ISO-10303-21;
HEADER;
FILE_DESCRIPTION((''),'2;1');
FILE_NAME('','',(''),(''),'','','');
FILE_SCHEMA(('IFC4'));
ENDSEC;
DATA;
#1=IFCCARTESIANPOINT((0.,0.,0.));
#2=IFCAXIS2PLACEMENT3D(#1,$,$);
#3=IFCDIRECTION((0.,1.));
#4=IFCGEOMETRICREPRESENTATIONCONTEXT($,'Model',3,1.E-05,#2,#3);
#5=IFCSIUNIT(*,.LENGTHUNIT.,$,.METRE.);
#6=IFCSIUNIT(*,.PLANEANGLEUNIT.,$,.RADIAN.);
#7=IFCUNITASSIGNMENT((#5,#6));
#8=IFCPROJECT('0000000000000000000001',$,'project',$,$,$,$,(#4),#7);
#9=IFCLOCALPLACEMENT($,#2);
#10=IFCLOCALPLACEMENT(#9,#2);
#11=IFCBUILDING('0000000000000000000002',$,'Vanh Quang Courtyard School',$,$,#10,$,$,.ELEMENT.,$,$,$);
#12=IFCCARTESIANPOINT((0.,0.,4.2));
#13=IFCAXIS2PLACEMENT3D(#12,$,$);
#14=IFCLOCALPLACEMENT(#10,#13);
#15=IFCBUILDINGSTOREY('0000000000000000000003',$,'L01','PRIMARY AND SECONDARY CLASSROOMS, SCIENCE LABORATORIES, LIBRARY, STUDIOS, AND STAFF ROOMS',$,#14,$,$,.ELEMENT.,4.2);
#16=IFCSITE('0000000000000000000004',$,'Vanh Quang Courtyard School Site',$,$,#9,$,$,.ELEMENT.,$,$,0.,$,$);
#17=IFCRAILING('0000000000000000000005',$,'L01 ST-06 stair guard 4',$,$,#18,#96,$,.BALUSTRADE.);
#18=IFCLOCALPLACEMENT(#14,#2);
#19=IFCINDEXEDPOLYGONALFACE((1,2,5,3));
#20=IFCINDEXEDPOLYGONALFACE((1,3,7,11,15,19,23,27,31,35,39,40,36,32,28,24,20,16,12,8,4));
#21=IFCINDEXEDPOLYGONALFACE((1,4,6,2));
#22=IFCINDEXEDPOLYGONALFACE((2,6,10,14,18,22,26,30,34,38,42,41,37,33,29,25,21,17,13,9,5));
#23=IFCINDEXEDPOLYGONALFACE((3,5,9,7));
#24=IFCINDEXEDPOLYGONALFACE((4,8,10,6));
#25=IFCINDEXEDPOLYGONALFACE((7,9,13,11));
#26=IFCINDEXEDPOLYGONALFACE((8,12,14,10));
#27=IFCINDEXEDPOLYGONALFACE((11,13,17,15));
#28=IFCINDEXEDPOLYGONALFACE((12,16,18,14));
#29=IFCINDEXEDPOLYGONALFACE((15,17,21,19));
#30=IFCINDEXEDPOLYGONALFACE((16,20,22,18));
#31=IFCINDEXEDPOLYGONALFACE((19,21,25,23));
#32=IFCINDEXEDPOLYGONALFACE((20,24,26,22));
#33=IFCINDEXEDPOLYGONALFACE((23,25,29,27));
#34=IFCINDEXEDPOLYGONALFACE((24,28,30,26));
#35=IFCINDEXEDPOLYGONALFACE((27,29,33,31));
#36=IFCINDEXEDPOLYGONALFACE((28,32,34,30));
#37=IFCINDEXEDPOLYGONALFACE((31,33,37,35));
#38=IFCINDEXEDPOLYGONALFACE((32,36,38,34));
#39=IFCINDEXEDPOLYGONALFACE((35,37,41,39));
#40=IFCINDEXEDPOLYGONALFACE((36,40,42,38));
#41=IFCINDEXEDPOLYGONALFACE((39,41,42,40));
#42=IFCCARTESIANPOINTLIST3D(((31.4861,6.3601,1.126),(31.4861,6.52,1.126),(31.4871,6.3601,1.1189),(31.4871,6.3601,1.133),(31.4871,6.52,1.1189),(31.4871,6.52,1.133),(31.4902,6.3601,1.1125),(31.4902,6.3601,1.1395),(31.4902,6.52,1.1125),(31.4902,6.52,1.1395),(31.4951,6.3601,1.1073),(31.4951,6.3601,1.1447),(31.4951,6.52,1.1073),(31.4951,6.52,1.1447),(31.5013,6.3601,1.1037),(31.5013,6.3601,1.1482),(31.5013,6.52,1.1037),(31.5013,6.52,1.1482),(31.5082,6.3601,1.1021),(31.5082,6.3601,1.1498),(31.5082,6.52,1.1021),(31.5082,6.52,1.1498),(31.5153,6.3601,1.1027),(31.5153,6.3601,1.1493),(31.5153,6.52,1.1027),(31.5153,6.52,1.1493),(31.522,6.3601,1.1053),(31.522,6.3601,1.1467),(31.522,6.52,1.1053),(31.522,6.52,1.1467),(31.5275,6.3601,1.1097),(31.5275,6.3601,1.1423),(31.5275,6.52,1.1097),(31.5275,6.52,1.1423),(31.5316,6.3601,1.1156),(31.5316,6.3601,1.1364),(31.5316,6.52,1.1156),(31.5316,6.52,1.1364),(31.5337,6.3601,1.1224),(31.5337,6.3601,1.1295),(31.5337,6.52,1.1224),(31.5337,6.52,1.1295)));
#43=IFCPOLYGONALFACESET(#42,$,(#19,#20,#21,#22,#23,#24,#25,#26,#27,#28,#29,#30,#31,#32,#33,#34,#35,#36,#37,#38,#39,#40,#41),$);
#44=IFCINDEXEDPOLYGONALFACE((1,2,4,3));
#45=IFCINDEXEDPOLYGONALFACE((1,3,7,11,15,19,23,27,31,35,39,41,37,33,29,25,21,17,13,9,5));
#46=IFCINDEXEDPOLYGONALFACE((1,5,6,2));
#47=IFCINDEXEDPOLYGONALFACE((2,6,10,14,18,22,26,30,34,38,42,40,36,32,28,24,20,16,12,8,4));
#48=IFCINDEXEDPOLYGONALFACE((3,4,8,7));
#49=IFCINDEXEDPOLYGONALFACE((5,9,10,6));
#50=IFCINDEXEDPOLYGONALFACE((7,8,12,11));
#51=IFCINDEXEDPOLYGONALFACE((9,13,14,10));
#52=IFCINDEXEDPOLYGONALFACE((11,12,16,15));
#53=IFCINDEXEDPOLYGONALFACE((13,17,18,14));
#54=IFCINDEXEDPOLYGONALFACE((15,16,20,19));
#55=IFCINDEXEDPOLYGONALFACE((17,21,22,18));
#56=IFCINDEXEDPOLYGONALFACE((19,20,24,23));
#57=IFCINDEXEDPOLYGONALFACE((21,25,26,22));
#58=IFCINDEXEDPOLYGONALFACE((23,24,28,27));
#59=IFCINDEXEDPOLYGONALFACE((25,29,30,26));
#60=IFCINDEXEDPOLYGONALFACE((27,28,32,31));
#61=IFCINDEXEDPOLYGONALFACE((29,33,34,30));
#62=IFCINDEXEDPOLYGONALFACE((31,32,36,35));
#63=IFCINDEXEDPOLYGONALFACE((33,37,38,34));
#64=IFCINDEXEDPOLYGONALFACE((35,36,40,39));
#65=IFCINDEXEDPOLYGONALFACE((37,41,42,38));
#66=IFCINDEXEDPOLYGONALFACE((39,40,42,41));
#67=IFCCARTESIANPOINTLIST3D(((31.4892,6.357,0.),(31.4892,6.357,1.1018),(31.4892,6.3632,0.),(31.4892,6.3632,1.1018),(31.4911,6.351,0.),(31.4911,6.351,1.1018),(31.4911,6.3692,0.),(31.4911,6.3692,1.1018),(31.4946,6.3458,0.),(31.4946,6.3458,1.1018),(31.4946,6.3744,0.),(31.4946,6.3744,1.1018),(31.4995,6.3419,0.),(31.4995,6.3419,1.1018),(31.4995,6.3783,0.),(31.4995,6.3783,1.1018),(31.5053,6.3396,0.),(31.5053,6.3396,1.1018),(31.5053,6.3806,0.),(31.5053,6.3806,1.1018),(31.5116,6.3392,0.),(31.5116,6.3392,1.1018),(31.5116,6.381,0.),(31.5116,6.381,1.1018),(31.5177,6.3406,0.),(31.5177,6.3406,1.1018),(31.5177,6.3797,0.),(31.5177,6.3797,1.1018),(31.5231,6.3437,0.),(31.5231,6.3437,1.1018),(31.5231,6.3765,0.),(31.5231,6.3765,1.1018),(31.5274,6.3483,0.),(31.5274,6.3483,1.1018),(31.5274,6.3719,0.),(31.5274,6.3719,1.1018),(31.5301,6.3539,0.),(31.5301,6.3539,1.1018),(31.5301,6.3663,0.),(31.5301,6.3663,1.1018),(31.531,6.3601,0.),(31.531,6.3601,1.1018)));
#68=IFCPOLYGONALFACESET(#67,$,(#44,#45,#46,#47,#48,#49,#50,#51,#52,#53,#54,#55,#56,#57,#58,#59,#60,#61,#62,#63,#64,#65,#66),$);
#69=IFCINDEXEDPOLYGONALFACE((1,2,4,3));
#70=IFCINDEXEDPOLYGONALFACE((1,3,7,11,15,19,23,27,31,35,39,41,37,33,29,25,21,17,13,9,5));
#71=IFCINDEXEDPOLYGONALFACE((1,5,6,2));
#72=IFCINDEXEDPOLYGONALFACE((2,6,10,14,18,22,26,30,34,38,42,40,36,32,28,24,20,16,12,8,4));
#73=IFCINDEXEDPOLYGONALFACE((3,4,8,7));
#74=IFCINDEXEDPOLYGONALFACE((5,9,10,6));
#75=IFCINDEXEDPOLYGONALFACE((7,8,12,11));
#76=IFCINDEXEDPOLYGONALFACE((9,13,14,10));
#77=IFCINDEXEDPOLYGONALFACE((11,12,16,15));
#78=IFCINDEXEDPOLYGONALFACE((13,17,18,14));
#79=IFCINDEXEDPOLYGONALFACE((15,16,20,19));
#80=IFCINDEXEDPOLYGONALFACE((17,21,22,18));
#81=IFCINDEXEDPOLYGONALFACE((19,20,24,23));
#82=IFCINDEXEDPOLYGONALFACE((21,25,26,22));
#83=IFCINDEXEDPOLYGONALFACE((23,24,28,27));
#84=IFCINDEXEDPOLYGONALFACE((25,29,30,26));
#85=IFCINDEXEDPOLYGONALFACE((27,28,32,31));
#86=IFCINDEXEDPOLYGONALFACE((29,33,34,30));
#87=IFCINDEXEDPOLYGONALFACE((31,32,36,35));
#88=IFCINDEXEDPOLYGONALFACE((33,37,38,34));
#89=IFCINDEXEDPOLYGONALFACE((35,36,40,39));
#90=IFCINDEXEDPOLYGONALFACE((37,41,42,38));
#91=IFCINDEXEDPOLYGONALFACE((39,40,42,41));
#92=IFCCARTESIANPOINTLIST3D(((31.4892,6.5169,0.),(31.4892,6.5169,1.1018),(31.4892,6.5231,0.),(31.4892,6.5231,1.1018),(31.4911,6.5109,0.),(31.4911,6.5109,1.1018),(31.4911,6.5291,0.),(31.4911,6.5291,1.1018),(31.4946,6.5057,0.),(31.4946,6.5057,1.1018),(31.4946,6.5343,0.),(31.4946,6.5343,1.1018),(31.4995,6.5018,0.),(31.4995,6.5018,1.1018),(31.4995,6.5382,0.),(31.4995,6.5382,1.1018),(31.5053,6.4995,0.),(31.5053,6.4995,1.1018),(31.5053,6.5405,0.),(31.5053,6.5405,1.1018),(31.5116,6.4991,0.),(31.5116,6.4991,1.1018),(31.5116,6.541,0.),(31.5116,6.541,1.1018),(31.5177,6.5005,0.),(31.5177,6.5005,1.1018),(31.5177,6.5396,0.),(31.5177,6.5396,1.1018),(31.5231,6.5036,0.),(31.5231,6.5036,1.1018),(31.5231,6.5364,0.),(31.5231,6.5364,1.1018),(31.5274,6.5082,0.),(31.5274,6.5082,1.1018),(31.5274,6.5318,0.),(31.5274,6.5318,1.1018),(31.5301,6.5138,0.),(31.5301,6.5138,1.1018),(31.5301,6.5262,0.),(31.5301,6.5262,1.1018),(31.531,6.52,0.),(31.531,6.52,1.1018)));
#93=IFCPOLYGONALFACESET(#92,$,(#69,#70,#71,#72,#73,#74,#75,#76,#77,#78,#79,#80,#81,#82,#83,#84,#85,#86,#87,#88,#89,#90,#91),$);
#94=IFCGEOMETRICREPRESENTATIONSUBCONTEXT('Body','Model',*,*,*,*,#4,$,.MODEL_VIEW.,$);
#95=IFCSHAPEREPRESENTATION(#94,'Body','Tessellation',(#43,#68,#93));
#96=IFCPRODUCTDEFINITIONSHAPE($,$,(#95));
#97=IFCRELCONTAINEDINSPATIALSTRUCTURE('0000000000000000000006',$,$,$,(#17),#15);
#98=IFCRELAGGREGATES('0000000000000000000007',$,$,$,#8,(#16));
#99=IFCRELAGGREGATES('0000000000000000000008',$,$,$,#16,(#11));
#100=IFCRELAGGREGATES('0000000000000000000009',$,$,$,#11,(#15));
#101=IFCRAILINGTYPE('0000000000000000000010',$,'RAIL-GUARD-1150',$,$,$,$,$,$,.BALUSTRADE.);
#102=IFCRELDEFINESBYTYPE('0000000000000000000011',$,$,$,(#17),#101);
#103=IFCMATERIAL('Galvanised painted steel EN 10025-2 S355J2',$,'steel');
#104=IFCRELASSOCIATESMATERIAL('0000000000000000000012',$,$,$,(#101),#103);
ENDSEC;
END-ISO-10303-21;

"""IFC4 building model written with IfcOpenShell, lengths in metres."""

from ifc_helpers import new_model, si_unit, direction, frame, origin, origin_2d, place, context, subcontext, project, spatial, circle, extrude, material, type_object, element, save


model = new_model("IFC4")

# Units and contexts
model_context = context("Model", 3, precision=1e-05, world=origin(), true_north=direction((0.0, 1.0)))
body_context = subcontext(model_context, "Body", "Model", "MODEL_VIEW")
ifc_project = project(units=[si_unit("LENGTHUNIT", "METRE"), si_unit("PLANEANGLEUNIT", "RADIAN")], contexts=[model_context])

# Site, building, storey
site_placement = place(None, origin())
site = spatial("IfcSite", under=ifc_project, at=site_placement, Name="Vanh Quang Courtyard School Site", CompositionType="ELEMENT", RefElevation=0.0)
building_placement = place(site_placement, origin())
building = spatial("IfcBuilding", under=site, at=building_placement, Name="Vanh Quang Courtyard School", CompositionType="ELEMENT")
storey_placement = place(building_placement, frame((0.0, 0.0, 4.2)))
storey = spatial("IfcBuildingStorey", under=building, at=storey_placement, Name="L01", Description="PRIMARY AND SECONDARY CLASSROOMS, SCIENCE LABORATORIES, LIBRARY, STUDIOS, AND STAFF ROOMS", CompositionType="ELEMENT", Elevation=4.2)

# Railing
ifc_material_1 = material(Name="Galvanised painted steel EN 10025-2 S355J2", Category="steel")
railing_type_1 = type_object("IfcRailingType", Name="RAIL-GUARD-1150", PredefinedType="BALUSTRADE", material=ifc_material_1)
railing_1_placement = place(storey_placement, frame((31.51, 6.3601, 0.0)))
element("IfcRailing", 1, at=railing_1_placement, inside=storey, type_object=railing_type_1, Name="L01 ST-06 stair guard 4", PredefinedType="BALUSTRADE", context=body_context, shape_type="SweptSolid", body=[
    extrude(circle(Radius=0.0239, at=origin_2d()), frame((0.0, 0.0, 1.126), z_axis=(0.0, 1.0, 0.0), x_axis=(-1.0, 0.0, 0.0)), (0.0, 0.0, 1.0), 0.1599),
    extrude(circle(Radius=0.021, at=origin_2d()), origin(), (0.0, 0.0, 1.0), 1.1018),
    extrude(circle(Radius=0.021, at=origin_2d()), frame((0.0, 0.1599, 0.0)), (0.0, 0.0, 1.0), 1.1018),
])

save(model, "model.ifc")
